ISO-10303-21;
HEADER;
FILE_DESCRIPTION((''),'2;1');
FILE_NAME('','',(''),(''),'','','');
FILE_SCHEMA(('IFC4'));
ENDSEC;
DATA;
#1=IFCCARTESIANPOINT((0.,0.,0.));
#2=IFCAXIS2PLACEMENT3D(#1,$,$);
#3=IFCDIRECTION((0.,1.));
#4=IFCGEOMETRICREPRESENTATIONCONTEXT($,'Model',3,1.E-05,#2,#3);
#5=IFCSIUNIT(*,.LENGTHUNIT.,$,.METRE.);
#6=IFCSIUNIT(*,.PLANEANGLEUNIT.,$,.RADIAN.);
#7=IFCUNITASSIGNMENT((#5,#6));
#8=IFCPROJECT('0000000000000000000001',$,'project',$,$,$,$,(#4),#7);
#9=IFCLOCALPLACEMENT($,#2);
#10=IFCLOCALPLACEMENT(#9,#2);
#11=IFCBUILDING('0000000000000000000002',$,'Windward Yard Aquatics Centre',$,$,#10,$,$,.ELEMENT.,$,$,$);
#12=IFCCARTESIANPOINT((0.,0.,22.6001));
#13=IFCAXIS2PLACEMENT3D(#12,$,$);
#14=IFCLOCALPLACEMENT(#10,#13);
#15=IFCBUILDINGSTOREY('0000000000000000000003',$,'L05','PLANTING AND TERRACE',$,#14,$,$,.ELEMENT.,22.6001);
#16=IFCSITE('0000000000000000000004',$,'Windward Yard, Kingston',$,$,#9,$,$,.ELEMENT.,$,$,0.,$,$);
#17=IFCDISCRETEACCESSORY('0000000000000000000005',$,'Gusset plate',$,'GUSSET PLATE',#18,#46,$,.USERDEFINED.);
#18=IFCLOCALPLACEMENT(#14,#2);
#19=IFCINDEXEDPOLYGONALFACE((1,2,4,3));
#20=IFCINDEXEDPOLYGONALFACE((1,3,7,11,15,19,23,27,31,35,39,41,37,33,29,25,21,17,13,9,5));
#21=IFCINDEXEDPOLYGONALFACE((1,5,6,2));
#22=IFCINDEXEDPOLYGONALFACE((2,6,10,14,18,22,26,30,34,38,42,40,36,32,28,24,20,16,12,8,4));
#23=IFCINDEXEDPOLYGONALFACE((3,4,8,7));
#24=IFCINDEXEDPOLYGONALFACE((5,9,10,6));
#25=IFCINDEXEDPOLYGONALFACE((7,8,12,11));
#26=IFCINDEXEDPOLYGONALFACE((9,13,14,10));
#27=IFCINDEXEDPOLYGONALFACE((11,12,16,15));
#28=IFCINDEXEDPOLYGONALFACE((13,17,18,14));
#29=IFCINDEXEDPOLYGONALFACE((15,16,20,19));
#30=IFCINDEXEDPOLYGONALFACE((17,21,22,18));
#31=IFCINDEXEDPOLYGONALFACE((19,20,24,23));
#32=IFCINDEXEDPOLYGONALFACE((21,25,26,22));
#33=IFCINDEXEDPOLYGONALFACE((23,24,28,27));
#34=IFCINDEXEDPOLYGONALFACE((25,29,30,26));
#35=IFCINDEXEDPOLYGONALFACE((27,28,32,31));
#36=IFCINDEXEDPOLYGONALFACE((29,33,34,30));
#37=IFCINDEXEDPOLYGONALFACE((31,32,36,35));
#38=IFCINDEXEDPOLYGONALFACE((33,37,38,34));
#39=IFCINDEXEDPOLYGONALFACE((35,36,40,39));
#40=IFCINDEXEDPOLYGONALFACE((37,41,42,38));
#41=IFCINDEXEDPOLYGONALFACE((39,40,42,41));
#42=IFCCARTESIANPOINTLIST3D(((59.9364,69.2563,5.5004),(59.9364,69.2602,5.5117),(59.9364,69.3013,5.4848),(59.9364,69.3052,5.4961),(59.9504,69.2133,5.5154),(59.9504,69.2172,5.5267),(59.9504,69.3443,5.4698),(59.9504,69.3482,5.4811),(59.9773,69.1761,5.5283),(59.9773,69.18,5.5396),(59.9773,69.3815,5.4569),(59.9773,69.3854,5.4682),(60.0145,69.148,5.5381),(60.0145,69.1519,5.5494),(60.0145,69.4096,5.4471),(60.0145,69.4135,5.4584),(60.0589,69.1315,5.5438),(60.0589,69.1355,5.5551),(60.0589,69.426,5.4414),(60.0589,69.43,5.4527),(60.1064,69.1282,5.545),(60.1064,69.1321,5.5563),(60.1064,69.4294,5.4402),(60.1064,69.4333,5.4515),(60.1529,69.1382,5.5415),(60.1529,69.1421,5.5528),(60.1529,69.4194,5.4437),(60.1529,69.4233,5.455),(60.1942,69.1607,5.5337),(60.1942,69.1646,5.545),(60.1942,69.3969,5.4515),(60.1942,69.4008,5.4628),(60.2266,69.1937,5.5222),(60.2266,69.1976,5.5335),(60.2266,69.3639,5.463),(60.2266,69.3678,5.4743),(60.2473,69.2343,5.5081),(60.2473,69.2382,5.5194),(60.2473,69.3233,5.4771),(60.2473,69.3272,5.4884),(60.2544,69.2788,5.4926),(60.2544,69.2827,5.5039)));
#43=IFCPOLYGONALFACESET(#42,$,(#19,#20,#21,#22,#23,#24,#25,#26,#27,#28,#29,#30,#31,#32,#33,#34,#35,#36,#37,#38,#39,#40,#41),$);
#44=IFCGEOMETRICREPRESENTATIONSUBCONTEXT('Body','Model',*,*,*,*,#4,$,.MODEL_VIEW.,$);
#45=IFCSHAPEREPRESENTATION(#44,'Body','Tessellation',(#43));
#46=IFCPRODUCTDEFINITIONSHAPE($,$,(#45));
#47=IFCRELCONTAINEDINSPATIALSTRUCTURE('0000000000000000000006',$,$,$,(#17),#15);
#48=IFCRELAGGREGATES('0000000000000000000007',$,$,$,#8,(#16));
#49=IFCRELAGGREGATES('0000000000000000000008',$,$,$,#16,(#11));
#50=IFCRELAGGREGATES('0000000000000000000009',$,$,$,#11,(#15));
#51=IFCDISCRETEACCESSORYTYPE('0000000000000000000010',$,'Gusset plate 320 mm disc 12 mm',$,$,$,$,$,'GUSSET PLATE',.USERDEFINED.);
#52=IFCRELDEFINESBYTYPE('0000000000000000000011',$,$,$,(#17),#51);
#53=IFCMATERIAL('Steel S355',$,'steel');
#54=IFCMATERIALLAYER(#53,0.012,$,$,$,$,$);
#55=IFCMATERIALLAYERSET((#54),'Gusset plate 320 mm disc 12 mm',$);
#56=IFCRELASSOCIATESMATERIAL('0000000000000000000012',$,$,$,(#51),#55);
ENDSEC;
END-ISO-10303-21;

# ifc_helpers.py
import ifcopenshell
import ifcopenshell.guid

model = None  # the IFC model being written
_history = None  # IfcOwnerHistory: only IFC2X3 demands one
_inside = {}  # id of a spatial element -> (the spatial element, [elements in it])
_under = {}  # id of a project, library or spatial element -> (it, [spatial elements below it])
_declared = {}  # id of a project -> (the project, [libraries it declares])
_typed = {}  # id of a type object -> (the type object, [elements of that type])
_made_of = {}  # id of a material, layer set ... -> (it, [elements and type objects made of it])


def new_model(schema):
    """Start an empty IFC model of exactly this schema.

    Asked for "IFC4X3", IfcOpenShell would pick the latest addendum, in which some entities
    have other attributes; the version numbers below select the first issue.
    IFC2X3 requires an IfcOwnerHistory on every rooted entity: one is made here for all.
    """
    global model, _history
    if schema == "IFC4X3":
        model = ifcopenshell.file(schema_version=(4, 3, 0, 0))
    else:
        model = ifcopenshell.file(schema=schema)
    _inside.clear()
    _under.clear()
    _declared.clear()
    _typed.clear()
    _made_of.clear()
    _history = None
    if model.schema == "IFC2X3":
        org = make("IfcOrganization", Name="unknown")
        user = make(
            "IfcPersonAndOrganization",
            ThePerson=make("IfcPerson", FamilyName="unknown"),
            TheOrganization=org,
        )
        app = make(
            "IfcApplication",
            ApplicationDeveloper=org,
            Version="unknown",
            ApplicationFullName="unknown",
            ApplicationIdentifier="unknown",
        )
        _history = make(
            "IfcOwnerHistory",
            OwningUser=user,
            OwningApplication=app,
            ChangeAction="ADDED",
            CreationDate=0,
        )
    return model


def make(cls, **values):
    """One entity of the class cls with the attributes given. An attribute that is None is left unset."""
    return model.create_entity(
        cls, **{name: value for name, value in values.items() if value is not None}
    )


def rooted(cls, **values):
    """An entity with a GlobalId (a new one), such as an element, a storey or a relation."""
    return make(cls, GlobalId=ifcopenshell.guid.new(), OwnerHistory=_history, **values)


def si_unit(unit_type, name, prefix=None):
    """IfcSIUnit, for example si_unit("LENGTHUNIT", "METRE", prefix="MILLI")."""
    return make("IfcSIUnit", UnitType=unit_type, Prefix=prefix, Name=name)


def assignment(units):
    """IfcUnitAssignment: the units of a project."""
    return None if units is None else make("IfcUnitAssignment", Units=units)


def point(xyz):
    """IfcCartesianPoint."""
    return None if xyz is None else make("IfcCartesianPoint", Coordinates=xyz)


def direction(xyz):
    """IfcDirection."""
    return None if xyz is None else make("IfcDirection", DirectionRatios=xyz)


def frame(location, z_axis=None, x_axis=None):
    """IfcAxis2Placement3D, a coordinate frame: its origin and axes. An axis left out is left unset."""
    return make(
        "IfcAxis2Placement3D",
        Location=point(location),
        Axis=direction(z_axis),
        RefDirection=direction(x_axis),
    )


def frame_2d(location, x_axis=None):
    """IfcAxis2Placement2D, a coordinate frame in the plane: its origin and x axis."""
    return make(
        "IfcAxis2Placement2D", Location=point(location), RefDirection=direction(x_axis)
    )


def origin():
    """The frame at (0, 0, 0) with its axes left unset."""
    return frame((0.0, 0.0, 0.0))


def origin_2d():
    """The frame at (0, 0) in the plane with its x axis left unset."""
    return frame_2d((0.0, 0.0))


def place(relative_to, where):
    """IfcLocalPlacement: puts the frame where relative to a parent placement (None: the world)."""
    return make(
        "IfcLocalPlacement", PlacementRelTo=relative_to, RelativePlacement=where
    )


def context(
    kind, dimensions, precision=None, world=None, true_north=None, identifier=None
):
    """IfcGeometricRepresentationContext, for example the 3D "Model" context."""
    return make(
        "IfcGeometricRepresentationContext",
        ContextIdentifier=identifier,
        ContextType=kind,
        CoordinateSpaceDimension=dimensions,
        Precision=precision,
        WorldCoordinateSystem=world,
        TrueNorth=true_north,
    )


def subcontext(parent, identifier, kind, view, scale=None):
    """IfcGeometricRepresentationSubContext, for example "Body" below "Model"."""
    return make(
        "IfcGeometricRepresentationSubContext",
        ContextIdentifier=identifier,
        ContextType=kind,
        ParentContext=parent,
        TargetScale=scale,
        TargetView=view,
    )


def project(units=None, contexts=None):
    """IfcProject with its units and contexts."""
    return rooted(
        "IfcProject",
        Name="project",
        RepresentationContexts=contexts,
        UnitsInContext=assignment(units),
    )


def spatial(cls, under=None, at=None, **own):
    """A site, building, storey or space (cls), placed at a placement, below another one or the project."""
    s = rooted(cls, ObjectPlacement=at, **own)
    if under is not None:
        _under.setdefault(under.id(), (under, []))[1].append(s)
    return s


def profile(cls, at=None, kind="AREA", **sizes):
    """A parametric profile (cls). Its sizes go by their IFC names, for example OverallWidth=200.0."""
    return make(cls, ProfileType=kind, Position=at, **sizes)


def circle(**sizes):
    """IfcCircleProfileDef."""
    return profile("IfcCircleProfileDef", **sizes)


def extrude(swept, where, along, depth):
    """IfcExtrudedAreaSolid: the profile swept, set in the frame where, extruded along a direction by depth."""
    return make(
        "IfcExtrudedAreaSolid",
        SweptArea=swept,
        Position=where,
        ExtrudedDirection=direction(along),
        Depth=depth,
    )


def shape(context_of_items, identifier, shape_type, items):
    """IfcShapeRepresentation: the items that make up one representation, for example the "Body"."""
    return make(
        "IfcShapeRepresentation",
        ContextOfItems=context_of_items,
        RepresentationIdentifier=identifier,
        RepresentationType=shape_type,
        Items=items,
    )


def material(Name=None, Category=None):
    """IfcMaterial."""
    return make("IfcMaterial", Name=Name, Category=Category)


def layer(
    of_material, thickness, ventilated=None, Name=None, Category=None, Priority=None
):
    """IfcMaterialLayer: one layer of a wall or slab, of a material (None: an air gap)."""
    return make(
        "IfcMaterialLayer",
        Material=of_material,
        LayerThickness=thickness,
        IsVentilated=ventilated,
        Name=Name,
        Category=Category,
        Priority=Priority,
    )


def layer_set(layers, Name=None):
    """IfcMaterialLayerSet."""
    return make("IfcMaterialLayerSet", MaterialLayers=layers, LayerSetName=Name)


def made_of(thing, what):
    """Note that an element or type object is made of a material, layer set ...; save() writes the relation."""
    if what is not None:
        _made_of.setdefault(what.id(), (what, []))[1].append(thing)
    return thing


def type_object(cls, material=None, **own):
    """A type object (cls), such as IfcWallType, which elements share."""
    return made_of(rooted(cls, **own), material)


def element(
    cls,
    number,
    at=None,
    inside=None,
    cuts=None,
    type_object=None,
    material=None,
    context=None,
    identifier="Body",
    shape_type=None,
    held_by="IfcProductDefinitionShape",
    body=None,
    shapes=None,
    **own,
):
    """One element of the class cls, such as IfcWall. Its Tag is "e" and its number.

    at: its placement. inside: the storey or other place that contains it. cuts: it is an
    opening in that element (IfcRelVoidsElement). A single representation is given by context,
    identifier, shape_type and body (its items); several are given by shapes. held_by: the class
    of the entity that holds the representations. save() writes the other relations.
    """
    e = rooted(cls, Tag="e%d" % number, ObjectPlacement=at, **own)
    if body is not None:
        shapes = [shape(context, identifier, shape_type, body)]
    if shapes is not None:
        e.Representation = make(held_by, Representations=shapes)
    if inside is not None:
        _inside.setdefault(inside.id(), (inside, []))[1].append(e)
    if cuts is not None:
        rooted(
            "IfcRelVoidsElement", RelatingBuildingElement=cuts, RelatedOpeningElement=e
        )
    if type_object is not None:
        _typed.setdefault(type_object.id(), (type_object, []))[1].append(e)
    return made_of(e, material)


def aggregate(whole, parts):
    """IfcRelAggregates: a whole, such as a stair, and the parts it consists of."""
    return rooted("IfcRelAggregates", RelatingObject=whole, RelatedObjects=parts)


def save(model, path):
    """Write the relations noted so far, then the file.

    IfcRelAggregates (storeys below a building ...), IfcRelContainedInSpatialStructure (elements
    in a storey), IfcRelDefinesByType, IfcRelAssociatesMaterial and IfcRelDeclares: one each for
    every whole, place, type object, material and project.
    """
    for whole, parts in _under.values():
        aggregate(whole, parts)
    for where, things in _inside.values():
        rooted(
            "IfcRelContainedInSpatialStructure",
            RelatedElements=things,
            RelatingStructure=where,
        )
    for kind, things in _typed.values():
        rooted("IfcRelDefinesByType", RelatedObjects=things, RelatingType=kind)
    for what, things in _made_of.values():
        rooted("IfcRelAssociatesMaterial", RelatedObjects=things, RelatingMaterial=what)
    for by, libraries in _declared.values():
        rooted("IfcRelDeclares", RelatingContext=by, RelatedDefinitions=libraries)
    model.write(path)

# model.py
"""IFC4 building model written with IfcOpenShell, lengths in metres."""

from ifc_helpers import new_model, si_unit, direction, frame, origin, origin_2d, place, context, subcontext, project, spatial, circle, extrude, material, layer, layer_set, type_object, element, save


model = new_model("IFC4")

# Units and contexts
model_context = context("Model", 3, precision=1e-05, world=origin(), true_north=direction((0.0, 1.0)))
body_context = subcontext(model_context, "Body", "Model", "MODEL_VIEW")
ifc_project = project(units=[si_unit("LENGTHUNIT", "METRE"), si_unit("PLANEANGLEUNIT", "RADIAN")], contexts=[model_context])

# Site, building, storey
site_placement = place(None, origin())
site = spatial("IfcSite", under=ifc_project, at=site_placement, Name="Windward Yard, Kingston", CompositionType="ELEMENT", RefElevation=0.0)
building_placement = place(site_placement, origin())
building = spatial("IfcBuilding", under=site, at=building_placement, Name="Windward Yard Aquatics Centre", CompositionType="ELEMENT")
storey_placement = place(building_placement, frame((0.0, 0.0, 22.6001)))
storey = spatial("IfcBuildingStorey", under=building, at=storey_placement, Name="L05", Description="PLANTING AND TERRACE", CompositionType="ELEMENT", Elevation=22.6001)

# Discrete accessory
ifc_material_1 = material(Name="Steel S355", Category="steel")
ifc_layer = layer(ifc_material_1, 0.012)
ifc_layer_set = layer_set([ifc_layer], Name="Gusset plate 320 mm disc 12 mm")
discrete_accessory_type = type_object("IfcDiscreteAccessoryType", Name="Gusset plate 320 mm disc 12 mm", ElementType="GUSSET PLATE", PredefinedType="USERDEFINED", material=ifc_layer_set)
discrete_accessory_1_placement = place(storey_placement, frame((60.0945, 69.2827, 5.5039), z_axis=(0.0, -0.328521, -0.944497), x_axis=(1.0, 0.0, 0.0)))
element("IfcDiscreteAccessory", 1, at=discrete_accessory_1_placement, inside=storey, type_object=discrete_accessory_type, Name="Gusset plate", ObjectType="GUSSET PLATE", PredefinedType="USERDEFINED", context=body_context, shape_type="SweptSolid", body=[
    extrude(circle(Radius=0.1599, at=origin_2d()), origin(), (0.0, 0.0, 1.0), 0.012),
])

save(model, "model.ifc")
